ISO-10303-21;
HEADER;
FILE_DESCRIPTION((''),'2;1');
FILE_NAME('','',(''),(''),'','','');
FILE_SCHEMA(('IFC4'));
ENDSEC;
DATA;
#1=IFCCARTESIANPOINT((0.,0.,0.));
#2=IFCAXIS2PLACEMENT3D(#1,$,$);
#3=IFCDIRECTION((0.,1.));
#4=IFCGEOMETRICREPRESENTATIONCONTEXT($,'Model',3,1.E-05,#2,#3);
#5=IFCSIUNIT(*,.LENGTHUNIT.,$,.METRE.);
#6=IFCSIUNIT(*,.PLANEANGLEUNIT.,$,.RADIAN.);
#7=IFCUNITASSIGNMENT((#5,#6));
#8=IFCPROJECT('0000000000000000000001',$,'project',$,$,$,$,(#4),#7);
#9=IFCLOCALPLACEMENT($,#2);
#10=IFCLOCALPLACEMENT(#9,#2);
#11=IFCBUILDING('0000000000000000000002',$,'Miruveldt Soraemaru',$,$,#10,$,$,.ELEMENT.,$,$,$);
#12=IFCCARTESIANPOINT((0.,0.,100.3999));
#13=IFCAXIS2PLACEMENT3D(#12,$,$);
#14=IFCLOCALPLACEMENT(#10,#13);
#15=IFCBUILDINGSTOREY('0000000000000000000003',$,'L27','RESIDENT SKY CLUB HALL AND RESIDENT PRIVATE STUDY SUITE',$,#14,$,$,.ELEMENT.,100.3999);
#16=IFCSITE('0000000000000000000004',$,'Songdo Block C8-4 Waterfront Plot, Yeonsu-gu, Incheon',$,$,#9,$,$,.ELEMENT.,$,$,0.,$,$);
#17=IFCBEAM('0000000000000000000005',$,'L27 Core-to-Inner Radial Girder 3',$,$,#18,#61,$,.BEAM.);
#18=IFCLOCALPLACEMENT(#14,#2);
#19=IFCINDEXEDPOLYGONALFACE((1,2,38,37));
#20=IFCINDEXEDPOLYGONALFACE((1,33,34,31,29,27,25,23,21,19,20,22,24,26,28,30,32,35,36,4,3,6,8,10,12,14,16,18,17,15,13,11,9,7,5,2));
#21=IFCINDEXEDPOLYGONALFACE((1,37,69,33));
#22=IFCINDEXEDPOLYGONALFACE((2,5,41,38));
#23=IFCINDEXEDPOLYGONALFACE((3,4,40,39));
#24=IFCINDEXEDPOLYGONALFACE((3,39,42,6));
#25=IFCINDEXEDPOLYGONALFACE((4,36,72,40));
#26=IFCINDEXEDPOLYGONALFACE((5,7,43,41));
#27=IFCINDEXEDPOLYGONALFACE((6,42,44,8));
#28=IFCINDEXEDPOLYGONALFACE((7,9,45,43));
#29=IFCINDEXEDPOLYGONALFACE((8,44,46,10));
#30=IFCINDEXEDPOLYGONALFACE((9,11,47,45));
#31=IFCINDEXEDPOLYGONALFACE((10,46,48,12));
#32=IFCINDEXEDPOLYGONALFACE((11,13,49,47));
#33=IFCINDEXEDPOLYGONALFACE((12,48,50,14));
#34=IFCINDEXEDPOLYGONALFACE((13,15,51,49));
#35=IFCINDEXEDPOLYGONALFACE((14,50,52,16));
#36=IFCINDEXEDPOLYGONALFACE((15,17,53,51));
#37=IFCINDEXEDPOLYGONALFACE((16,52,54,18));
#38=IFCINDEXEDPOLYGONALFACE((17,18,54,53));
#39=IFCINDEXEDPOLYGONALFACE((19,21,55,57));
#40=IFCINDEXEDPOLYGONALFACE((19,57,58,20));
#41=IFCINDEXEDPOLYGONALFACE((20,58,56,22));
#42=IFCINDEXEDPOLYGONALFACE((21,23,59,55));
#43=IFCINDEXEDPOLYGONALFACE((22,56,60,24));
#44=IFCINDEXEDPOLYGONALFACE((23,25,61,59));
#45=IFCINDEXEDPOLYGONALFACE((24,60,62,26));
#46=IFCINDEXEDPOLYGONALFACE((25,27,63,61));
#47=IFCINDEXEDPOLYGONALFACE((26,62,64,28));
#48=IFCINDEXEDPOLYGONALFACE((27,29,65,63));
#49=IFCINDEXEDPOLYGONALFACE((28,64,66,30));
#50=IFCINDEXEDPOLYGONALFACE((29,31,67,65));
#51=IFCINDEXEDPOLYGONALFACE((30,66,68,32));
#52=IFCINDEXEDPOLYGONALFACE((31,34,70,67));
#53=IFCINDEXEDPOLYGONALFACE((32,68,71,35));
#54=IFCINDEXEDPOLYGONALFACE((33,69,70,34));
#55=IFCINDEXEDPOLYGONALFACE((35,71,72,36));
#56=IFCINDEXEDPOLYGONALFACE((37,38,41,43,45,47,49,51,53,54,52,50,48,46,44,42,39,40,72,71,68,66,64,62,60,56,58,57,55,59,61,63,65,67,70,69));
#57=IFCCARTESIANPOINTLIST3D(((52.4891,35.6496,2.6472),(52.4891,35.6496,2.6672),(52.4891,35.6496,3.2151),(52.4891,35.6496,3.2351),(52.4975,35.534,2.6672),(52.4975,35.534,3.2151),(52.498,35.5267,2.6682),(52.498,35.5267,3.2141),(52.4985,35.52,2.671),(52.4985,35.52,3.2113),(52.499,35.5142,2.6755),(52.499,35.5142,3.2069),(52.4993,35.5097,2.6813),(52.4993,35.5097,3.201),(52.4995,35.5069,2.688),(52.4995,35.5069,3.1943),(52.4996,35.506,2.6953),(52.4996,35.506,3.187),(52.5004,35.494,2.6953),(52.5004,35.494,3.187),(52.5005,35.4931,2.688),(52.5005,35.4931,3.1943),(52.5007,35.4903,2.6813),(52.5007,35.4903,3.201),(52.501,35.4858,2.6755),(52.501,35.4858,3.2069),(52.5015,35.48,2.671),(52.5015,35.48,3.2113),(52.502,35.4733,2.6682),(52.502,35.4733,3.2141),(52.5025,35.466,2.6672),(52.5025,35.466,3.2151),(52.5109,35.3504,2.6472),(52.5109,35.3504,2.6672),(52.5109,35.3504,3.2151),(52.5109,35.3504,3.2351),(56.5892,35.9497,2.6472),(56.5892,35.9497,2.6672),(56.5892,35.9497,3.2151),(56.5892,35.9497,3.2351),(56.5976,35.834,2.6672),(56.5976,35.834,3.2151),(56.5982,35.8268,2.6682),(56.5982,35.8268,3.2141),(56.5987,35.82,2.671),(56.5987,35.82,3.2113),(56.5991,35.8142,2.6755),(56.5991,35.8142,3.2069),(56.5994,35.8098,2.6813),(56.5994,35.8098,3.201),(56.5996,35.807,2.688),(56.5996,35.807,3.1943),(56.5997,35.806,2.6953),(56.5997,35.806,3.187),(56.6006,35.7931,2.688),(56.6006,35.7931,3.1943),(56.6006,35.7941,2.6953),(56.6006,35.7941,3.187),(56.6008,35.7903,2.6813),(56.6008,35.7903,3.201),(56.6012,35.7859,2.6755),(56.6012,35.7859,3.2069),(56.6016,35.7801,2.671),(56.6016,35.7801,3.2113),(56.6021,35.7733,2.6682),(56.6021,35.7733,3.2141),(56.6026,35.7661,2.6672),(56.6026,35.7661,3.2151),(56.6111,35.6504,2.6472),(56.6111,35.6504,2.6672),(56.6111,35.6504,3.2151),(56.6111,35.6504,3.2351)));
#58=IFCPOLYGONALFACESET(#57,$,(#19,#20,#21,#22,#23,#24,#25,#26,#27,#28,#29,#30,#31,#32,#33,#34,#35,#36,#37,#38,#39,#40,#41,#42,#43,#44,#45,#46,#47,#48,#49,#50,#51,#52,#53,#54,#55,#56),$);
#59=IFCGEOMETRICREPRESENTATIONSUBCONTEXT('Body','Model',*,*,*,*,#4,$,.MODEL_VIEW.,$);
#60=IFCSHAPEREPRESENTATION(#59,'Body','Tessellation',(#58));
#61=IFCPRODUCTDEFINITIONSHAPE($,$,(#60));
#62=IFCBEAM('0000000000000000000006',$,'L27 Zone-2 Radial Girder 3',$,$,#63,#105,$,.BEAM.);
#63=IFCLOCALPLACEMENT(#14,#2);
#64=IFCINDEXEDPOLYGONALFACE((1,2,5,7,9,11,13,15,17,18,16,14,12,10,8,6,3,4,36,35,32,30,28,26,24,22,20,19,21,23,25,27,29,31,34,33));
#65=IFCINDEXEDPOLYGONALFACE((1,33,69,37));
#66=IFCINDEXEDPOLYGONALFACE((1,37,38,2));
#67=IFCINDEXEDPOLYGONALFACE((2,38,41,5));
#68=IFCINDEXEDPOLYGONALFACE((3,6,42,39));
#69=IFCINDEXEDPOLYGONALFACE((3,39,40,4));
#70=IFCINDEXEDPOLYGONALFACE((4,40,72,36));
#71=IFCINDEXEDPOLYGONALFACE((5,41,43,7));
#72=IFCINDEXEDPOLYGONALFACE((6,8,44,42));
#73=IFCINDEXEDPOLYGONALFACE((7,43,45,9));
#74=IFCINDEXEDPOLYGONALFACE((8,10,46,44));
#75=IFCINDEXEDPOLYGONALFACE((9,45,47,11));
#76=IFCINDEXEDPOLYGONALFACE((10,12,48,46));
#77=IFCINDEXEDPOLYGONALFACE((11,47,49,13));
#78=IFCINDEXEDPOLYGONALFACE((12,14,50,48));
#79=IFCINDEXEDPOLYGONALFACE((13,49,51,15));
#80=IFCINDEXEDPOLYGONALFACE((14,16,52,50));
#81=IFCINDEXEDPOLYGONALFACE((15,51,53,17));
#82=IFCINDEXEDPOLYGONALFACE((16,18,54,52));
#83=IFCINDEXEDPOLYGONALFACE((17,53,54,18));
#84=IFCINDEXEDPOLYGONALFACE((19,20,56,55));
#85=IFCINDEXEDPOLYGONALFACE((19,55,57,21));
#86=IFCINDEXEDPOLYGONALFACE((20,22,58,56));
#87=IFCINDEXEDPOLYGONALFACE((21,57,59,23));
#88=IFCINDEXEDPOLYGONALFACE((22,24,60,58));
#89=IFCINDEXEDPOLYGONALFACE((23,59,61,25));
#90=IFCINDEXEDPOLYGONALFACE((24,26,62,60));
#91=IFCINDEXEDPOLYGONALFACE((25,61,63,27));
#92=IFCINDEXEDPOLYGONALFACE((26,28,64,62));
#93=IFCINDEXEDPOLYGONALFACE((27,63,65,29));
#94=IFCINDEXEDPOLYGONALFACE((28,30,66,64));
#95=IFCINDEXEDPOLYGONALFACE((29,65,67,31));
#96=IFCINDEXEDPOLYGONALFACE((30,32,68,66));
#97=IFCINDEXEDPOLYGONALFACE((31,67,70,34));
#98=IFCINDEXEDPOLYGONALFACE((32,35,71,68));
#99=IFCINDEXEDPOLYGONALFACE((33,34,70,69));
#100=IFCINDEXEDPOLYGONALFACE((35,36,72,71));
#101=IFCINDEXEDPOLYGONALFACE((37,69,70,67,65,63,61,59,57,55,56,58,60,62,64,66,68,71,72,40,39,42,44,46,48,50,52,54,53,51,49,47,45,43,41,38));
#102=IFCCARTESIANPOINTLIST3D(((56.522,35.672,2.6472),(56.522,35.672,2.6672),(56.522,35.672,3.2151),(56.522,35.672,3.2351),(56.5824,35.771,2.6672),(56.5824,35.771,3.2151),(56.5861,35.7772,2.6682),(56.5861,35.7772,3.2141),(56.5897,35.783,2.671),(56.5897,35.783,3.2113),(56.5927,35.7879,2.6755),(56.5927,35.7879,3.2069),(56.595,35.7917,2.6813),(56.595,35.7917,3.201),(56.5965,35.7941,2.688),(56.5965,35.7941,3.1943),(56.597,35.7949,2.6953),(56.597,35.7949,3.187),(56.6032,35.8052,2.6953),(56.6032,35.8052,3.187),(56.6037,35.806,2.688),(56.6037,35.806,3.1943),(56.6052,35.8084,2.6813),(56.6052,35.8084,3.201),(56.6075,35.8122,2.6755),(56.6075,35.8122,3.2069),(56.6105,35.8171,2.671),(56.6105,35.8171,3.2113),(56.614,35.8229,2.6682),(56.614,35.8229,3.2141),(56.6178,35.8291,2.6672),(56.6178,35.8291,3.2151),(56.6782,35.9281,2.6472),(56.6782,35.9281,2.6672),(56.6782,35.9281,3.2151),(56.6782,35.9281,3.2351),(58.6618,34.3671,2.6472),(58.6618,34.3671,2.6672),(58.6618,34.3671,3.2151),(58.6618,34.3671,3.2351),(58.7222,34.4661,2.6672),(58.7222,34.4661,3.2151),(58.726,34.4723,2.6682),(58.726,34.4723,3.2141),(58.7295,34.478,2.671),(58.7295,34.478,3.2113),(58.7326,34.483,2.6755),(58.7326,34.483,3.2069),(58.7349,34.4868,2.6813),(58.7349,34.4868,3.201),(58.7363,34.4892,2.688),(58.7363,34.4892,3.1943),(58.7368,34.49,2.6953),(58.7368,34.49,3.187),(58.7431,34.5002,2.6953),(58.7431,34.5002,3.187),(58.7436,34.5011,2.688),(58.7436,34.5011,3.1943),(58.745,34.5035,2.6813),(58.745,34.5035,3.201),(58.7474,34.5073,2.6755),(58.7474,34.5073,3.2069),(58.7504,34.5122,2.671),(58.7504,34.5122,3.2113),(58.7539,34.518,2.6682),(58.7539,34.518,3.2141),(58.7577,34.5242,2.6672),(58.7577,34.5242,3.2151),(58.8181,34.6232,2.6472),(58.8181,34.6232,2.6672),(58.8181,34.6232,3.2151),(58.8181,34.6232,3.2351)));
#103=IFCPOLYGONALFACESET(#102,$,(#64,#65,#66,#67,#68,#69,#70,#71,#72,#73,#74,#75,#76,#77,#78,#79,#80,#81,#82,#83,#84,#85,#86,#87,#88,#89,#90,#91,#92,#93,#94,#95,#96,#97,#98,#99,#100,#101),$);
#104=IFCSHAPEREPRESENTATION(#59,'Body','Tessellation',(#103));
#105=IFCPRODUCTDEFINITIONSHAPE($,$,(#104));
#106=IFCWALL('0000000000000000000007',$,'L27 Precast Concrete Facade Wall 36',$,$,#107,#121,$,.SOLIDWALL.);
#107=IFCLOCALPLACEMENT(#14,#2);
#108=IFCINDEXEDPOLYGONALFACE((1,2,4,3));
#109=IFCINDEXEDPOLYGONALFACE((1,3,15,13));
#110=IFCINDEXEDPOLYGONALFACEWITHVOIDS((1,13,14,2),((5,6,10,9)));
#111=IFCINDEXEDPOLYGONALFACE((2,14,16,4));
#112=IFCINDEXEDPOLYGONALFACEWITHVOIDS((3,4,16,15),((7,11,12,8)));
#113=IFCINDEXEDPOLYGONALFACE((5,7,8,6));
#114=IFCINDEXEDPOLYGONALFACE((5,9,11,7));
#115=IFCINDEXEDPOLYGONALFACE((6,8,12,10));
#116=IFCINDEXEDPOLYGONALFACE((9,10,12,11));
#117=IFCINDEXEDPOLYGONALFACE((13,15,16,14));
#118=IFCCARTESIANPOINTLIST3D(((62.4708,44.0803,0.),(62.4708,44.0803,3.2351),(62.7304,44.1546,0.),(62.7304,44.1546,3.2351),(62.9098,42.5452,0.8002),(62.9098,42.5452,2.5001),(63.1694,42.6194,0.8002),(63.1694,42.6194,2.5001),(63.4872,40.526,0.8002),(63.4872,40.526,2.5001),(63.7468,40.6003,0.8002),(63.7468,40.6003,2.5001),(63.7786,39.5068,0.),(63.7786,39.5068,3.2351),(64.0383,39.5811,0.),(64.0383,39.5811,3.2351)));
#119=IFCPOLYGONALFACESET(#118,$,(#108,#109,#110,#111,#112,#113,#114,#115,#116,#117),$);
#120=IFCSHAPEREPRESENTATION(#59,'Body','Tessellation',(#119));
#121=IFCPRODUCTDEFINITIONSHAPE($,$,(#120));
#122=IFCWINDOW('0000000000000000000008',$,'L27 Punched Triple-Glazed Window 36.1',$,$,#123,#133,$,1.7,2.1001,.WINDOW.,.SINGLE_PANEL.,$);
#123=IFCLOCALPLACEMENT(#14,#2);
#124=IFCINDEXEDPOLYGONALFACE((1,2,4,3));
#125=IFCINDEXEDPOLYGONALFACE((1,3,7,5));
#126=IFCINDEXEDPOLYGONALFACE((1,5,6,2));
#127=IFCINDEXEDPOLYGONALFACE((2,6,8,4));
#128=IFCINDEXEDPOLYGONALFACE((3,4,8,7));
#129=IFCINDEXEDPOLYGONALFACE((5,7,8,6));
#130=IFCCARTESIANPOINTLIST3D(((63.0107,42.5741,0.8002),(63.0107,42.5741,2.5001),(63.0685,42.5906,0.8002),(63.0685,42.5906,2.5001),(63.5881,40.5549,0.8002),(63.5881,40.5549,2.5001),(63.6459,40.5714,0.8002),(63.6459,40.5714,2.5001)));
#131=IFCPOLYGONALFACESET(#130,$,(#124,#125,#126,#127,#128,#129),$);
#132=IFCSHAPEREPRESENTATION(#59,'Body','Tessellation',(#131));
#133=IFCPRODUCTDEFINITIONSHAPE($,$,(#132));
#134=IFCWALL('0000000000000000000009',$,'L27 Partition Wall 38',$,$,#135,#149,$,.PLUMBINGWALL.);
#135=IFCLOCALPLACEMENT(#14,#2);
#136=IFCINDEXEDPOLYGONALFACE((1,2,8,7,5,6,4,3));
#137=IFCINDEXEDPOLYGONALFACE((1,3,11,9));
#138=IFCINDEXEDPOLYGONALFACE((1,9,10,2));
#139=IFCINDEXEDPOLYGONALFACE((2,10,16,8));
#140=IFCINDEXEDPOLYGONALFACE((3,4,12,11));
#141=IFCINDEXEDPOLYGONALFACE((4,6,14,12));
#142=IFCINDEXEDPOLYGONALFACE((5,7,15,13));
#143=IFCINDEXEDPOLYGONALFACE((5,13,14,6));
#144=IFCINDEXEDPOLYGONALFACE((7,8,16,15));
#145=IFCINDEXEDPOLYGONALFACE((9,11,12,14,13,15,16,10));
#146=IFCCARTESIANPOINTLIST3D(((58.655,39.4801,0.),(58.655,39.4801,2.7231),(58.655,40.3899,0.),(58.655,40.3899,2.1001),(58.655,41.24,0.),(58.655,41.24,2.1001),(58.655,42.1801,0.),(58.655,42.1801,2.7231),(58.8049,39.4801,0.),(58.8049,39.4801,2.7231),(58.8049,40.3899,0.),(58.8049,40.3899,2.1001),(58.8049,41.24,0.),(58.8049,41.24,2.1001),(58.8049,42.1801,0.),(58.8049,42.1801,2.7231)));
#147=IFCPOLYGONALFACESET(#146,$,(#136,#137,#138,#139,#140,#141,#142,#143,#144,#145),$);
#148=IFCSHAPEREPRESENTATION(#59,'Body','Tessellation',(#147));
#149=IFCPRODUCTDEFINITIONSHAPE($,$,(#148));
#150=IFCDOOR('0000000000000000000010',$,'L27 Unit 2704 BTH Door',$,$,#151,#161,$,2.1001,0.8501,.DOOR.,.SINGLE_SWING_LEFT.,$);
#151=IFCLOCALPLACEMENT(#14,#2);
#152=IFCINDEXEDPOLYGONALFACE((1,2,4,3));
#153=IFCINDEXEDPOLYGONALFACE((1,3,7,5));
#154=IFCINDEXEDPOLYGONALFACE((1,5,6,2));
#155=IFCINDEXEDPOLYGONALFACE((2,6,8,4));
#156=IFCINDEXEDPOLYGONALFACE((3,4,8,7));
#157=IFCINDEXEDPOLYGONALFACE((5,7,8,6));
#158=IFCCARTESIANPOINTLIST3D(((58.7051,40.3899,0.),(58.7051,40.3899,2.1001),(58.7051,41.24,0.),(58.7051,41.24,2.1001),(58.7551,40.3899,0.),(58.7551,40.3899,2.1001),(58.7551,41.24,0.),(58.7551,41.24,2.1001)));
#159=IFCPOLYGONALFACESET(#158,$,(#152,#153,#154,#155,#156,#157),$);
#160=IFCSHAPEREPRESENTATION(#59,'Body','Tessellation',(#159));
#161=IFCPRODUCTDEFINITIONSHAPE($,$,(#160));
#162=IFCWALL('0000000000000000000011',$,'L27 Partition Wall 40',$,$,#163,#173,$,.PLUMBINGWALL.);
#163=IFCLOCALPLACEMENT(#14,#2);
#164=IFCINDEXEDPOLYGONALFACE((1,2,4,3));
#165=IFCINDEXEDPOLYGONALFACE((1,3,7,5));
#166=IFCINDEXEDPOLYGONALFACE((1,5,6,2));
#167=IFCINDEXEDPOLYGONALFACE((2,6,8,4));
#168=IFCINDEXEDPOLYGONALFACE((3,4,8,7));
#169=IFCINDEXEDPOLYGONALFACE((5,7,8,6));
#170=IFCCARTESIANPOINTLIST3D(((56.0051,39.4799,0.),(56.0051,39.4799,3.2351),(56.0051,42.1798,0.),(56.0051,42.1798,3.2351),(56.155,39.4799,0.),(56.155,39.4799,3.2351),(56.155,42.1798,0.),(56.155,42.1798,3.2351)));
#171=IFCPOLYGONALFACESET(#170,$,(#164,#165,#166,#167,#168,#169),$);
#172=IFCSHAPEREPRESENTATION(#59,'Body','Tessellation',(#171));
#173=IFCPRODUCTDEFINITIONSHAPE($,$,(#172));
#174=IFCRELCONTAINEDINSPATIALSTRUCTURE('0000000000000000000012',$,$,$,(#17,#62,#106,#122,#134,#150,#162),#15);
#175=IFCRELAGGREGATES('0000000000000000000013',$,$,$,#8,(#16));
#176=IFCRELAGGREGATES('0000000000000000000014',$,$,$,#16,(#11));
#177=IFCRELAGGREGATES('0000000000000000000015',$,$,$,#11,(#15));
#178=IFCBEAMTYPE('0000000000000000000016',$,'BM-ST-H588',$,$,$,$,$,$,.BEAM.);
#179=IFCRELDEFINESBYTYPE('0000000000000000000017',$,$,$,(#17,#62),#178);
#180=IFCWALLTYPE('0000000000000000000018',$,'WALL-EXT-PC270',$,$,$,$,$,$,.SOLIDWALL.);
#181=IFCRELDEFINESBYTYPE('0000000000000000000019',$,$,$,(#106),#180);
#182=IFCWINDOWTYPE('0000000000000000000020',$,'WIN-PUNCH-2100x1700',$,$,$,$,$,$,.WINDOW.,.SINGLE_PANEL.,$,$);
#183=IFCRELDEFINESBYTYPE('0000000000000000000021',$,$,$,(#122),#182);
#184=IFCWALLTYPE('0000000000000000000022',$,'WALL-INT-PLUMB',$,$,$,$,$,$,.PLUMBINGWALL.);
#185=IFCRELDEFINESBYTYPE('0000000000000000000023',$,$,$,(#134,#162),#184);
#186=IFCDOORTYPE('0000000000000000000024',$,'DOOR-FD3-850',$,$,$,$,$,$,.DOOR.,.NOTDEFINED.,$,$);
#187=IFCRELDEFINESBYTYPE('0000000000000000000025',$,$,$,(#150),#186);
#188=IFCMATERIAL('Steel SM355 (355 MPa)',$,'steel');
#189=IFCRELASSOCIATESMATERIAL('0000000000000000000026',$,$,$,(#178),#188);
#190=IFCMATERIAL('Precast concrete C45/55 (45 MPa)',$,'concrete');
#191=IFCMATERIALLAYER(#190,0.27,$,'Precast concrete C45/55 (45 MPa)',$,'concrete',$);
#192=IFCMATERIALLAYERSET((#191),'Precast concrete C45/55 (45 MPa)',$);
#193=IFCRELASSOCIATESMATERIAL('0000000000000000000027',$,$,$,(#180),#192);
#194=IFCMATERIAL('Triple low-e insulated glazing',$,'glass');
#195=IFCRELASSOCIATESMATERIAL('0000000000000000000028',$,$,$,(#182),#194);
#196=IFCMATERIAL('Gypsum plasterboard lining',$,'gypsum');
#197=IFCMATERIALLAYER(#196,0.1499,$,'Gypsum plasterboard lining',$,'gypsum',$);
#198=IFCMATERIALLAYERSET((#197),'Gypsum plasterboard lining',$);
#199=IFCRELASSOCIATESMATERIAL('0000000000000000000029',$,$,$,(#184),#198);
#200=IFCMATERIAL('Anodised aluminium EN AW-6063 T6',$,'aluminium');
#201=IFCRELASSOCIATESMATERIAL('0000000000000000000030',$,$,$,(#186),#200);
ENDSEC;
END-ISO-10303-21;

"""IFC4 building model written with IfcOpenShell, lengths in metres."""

from ifc_helpers import new_model, si_unit, direction, frame, frame_2d, origin, origin_2d, place, context, subcontext, project, spatial, rectangle, i_section, extrude, material, layer, layer_set, material_profile, profile_set, type_object, element, fill, save


model = new_model("IFC4")

# Units and contexts
model_context = context("Model", 3, precision=1e-05, world=origin(), true_north=direction((0.0, 1.0)))
body_context = subcontext(model_context, "Body", "Model", "MODEL_VIEW")
ifc_project = project(units=[si_unit("LENGTHUNIT", "METRE"), si_unit("PLANEANGLEUNIT", "RADIAN")], contexts=[model_context])

# Site, building, storey
site_placement = place(None, origin())
site = spatial("IfcSite", under=ifc_project, at=site_placement, Name="Songdo Block C8-4 Waterfront Plot, Yeonsu-gu, Incheon", CompositionType="ELEMENT", RefElevation=0.0)
building_placement = place(site_placement, origin())
building = spatial("IfcBuilding", under=site, at=building_placement, Name="Miruveldt Soraemaru", CompositionType="ELEMENT")
storey_placement = place(building_placement, frame((0.0, 0.0, 100.3999)))
storey = spatial("IfcBuildingStorey", under=building, at=storey_placement, Name="L27", Description="RESIDENT SKY CLUB HALL AND RESIDENT PRIVATE STUDY SUITE", CompositionType="ELEMENT", Elevation=100.3999)

# Beams
ifc_material_1 = material(Name="Steel SM355 (355 MPa)", Category="steel")
ifc_material_profile_1 = material_profile(ifc_material_1, i_section(OverallWidth=0.3, OverallDepth=0.5879, WebThickness=0.012, FlangeThickness=0.02, FilletRadius=0.0281, at=origin_2d()), Name="Steel SM355 (355 MPa)", Category="steel")
ifc_profile_set_1 = profile_set([ifc_material_profile_1], Name="Steel SM355 (355 MPa)")
beam_type_1 = type_object("IfcBeamType", Name="BM-ST-H588", PredefinedType="BEAM", material=ifc_profile_set_1)
beam_1_placement = place(storey_placement, frame((52.5, 35.5, 2.9412), z_axis=(0.997333, 0.072986, 0.0), x_axis=(-0.072986, 0.997333, 0.0)))
element("IfcBeam", 1, at=beam_1_placement, inside=storey, type_object=beam_type_1, Name="L27 Core-to-Inner Radial Girder 3", PredefinedType="BEAM", context=body_context, shape_type="SweptSolid", body=[
    extrude(i_section(OverallWidth=0.3, OverallDepth=0.5879, WebThickness=0.012, FlangeThickness=0.02, FilletRadius=0.0281, at=origin_2d()), origin(), (0.0, 0.0, 1.0), 4.1111),
])
beam_2_placement = place(storey_placement, frame((56.6001, 35.8, 2.9412), z_axis=(0.853775, -0.520642, 0.0), x_axis=(0.520642, 0.853775, 0.0)))
element("IfcBeam", 2, at=beam_2_placement, inside=storey, type_object=beam_type_1, Name="L27 Zone-2 Radial Girder 3", PredefinedType="BEAM", context=body_context, shape_type="SweptSolid", body=[
    extrude(i_section(OverallWidth=0.3, OverallDepth=0.5879, WebThickness=0.012, FlangeThickness=0.02, FilletRadius=0.0281, at=origin_2d()), origin(), (0.0, 0.0, 1.0), 2.5063),
])

# Wall, opening, window
ifc_material_2 = material(Name="Precast concrete C45/55 (45 MPa)", Category="concrete")
ifc_layer_1 = layer(ifc_material_2, 0.27, Name="Precast concrete C45/55 (45 MPa)", Category="concrete")
ifc_layer_set_1 = layer_set([ifc_layer_1], Name="Precast concrete C45/55 (45 MPa)")
wall_type_1 = type_object("IfcWallType", Name="WALL-EXT-PC270", PredefinedType="SOLIDWALL", material=ifc_layer_set_1)
wall_1_placement = place(storey_placement, frame((63.9084, 39.5439, 0.0), z_axis=(0.0, 0.0, 1.0), x_axis=(-0.274945, 0.96146, 0.0)))
wall_1 = element("IfcWall", 3, at=wall_1_placement, inside=storey, type_object=wall_type_1, Name="L27 Precast Concrete Facade Wall 36", PredefinedType="SOLIDWALL", context=body_context, shape_type="SweptSolid", body=[
    extrude(rectangle(XDim=4.7568, YDim=0.27, at=frame_2d((2.3784, 0.0))), origin(), (0.0, 0.0, 1.0), 3.2351),
])
opening_1_placement = place(wall_1_placement, frame((1.0601, 0.0, 0.8)))
opening_1 = element("IfcOpeningElement", 4, at=opening_1_placement, cuts=wall_1, PredefinedType="OPENING", context=body_context, shape_type="SweptSolid", body=[
    extrude(rectangle(XDim=2.1001, YDim=1.7, at=frame_2d((1.05, 0.8501))), frame((0.0, 0.145, 0.0), z_axis=(0.0, -1.0, 0.0), x_axis=(1.0, 0.0, 0.0)), (0.0, 0.0, 1.0), 0.29),
])
ifc_material_3 = material(Name="Triple low-e insulated glazing", Category="glass")
window_type = type_object("IfcWindowType", Name="WIN-PUNCH-2100x1700", PartitioningType="SINGLE_PANEL", PredefinedType="WINDOW", material=ifc_material_3)
window_placement = place(opening_1_placement, origin())
window = element("IfcWindow", 5, at=window_placement, inside=storey, type_object=window_type, Name="L27 Punched Triple-Glazed Window 36.1", OverallHeight=1.7, OverallWidth=2.1001, PartitioningType="SINGLE_PANEL", PredefinedType="WINDOW", context=body_context, shape_type="SweptSolid", body=[
    extrude(rectangle(XDim=2.1001, YDim=1.7, at=frame_2d((1.05, 0.8501))), frame((0.0, 0.03, 0.0), z_axis=(0.0, -1.0, 0.0), x_axis=(1.0, 0.0, 0.0)), (0.0, 0.0, 1.0), 0.0601),
])
fill(opening_1, window)

# Wall, opening, door
ifc_material_4 = material(Name="Gypsum plasterboard lining", Category="gypsum")
ifc_layer_2 = layer(ifc_material_4, 0.1499, Name="Gypsum plasterboard lining", Category="gypsum")
ifc_layer_set_2 = layer_set([ifc_layer_2], Name="Gypsum plasterboard lining")
wall_type_2 = type_object("IfcWallType", Name="WALL-INT-PLUMB", PredefinedType="PLUMBINGWALL", material=ifc_layer_set_2)
wall_2_placement = place(storey_placement, frame((58.73, 39.48, 0.0), z_axis=(0.0, 0.0, 1.0), x_axis=(0.0, 1.0, 0.0)))
wall_2 = element("IfcWall", 6, at=wall_2_placement, inside=storey, type_object=wall_type_2, Name="L27 Partition Wall 38", PredefinedType="PLUMBINGWALL", context=body_context, shape_type="SweptSolid", body=[
    extrude(rectangle(XDim=2.7, YDim=0.1499, at=frame_2d((1.3501, 0.0))), origin(), (0.0, 0.0, 1.0), 2.7231),
])
opening_2_placement = place(wall_2_placement, frame((0.9099, 0.0, 0.0)))
opening_2 = element("IfcOpeningElement", 7, at=opening_2_placement, cuts=wall_2, PredefinedType="OPENING", context=body_context, shape_type="SweptSolid", body=[
    extrude(rectangle(XDim=0.8501, YDim=2.1001, at=frame_2d((0.425, 1.05))), frame((0.0, 0.085, 0.0), z_axis=(0.0, -1.0, 0.0), x_axis=(1.0, 0.0, 0.0)), (0.0, 0.0, 1.0), 0.1699),
])
ifc_material_5 = material(Name="Anodised aluminium EN AW-6063 T6", Category="aluminium")
door_type_1 = type_object("IfcDoorType", Name="DOOR-FD3-850", OperationType="NOTDEFINED", PredefinedType="DOOR", material=ifc_material_5)
door_1_placement = place(opening_2_placement, origin())
door_1 = element("IfcDoor", 8, at=door_1_placement, inside=storey, type_object=door_type_1, Name="L27 Unit 2704 BTH Door", OperationType="SINGLE_SWING_LEFT", OverallHeight=2.1001, OverallWidth=0.8501, PredefinedType="DOOR", context=body_context, shape_type="SweptSolid", body=[
    extrude(rectangle(XDim=0.8501, YDim=2.1001, at=frame_2d((0.425, 1.05))), frame((0.0, 0.0249, 0.0), z_axis=(0.0, -1.0, 0.0), x_axis=(1.0, 0.0, 0.0)), (0.0, 0.0, 1.0), 0.05),
])
fill(opening_2, door_1)

# Wall
wall_3_placement = place(storey_placement, frame((56.0801, 42.1799, 0.0), z_axis=(0.0, 0.0, 1.0), x_axis=(0.0, -1.0, 0.0)))
element("IfcWall", 9, at=wall_3_placement, inside=storey, type_object=wall_type_2, Name="L27 Partition Wall 40", PredefinedType="PLUMBINGWALL", context=body_context, shape_type="SweptSolid", body=[
    extrude(rectangle(XDim=2.7, YDim=0.1499, at=frame_2d((1.3501, 0.0))), origin(), (0.0, 0.0, 1.0), 3.2351),
])

save(model, "model.ifc")
